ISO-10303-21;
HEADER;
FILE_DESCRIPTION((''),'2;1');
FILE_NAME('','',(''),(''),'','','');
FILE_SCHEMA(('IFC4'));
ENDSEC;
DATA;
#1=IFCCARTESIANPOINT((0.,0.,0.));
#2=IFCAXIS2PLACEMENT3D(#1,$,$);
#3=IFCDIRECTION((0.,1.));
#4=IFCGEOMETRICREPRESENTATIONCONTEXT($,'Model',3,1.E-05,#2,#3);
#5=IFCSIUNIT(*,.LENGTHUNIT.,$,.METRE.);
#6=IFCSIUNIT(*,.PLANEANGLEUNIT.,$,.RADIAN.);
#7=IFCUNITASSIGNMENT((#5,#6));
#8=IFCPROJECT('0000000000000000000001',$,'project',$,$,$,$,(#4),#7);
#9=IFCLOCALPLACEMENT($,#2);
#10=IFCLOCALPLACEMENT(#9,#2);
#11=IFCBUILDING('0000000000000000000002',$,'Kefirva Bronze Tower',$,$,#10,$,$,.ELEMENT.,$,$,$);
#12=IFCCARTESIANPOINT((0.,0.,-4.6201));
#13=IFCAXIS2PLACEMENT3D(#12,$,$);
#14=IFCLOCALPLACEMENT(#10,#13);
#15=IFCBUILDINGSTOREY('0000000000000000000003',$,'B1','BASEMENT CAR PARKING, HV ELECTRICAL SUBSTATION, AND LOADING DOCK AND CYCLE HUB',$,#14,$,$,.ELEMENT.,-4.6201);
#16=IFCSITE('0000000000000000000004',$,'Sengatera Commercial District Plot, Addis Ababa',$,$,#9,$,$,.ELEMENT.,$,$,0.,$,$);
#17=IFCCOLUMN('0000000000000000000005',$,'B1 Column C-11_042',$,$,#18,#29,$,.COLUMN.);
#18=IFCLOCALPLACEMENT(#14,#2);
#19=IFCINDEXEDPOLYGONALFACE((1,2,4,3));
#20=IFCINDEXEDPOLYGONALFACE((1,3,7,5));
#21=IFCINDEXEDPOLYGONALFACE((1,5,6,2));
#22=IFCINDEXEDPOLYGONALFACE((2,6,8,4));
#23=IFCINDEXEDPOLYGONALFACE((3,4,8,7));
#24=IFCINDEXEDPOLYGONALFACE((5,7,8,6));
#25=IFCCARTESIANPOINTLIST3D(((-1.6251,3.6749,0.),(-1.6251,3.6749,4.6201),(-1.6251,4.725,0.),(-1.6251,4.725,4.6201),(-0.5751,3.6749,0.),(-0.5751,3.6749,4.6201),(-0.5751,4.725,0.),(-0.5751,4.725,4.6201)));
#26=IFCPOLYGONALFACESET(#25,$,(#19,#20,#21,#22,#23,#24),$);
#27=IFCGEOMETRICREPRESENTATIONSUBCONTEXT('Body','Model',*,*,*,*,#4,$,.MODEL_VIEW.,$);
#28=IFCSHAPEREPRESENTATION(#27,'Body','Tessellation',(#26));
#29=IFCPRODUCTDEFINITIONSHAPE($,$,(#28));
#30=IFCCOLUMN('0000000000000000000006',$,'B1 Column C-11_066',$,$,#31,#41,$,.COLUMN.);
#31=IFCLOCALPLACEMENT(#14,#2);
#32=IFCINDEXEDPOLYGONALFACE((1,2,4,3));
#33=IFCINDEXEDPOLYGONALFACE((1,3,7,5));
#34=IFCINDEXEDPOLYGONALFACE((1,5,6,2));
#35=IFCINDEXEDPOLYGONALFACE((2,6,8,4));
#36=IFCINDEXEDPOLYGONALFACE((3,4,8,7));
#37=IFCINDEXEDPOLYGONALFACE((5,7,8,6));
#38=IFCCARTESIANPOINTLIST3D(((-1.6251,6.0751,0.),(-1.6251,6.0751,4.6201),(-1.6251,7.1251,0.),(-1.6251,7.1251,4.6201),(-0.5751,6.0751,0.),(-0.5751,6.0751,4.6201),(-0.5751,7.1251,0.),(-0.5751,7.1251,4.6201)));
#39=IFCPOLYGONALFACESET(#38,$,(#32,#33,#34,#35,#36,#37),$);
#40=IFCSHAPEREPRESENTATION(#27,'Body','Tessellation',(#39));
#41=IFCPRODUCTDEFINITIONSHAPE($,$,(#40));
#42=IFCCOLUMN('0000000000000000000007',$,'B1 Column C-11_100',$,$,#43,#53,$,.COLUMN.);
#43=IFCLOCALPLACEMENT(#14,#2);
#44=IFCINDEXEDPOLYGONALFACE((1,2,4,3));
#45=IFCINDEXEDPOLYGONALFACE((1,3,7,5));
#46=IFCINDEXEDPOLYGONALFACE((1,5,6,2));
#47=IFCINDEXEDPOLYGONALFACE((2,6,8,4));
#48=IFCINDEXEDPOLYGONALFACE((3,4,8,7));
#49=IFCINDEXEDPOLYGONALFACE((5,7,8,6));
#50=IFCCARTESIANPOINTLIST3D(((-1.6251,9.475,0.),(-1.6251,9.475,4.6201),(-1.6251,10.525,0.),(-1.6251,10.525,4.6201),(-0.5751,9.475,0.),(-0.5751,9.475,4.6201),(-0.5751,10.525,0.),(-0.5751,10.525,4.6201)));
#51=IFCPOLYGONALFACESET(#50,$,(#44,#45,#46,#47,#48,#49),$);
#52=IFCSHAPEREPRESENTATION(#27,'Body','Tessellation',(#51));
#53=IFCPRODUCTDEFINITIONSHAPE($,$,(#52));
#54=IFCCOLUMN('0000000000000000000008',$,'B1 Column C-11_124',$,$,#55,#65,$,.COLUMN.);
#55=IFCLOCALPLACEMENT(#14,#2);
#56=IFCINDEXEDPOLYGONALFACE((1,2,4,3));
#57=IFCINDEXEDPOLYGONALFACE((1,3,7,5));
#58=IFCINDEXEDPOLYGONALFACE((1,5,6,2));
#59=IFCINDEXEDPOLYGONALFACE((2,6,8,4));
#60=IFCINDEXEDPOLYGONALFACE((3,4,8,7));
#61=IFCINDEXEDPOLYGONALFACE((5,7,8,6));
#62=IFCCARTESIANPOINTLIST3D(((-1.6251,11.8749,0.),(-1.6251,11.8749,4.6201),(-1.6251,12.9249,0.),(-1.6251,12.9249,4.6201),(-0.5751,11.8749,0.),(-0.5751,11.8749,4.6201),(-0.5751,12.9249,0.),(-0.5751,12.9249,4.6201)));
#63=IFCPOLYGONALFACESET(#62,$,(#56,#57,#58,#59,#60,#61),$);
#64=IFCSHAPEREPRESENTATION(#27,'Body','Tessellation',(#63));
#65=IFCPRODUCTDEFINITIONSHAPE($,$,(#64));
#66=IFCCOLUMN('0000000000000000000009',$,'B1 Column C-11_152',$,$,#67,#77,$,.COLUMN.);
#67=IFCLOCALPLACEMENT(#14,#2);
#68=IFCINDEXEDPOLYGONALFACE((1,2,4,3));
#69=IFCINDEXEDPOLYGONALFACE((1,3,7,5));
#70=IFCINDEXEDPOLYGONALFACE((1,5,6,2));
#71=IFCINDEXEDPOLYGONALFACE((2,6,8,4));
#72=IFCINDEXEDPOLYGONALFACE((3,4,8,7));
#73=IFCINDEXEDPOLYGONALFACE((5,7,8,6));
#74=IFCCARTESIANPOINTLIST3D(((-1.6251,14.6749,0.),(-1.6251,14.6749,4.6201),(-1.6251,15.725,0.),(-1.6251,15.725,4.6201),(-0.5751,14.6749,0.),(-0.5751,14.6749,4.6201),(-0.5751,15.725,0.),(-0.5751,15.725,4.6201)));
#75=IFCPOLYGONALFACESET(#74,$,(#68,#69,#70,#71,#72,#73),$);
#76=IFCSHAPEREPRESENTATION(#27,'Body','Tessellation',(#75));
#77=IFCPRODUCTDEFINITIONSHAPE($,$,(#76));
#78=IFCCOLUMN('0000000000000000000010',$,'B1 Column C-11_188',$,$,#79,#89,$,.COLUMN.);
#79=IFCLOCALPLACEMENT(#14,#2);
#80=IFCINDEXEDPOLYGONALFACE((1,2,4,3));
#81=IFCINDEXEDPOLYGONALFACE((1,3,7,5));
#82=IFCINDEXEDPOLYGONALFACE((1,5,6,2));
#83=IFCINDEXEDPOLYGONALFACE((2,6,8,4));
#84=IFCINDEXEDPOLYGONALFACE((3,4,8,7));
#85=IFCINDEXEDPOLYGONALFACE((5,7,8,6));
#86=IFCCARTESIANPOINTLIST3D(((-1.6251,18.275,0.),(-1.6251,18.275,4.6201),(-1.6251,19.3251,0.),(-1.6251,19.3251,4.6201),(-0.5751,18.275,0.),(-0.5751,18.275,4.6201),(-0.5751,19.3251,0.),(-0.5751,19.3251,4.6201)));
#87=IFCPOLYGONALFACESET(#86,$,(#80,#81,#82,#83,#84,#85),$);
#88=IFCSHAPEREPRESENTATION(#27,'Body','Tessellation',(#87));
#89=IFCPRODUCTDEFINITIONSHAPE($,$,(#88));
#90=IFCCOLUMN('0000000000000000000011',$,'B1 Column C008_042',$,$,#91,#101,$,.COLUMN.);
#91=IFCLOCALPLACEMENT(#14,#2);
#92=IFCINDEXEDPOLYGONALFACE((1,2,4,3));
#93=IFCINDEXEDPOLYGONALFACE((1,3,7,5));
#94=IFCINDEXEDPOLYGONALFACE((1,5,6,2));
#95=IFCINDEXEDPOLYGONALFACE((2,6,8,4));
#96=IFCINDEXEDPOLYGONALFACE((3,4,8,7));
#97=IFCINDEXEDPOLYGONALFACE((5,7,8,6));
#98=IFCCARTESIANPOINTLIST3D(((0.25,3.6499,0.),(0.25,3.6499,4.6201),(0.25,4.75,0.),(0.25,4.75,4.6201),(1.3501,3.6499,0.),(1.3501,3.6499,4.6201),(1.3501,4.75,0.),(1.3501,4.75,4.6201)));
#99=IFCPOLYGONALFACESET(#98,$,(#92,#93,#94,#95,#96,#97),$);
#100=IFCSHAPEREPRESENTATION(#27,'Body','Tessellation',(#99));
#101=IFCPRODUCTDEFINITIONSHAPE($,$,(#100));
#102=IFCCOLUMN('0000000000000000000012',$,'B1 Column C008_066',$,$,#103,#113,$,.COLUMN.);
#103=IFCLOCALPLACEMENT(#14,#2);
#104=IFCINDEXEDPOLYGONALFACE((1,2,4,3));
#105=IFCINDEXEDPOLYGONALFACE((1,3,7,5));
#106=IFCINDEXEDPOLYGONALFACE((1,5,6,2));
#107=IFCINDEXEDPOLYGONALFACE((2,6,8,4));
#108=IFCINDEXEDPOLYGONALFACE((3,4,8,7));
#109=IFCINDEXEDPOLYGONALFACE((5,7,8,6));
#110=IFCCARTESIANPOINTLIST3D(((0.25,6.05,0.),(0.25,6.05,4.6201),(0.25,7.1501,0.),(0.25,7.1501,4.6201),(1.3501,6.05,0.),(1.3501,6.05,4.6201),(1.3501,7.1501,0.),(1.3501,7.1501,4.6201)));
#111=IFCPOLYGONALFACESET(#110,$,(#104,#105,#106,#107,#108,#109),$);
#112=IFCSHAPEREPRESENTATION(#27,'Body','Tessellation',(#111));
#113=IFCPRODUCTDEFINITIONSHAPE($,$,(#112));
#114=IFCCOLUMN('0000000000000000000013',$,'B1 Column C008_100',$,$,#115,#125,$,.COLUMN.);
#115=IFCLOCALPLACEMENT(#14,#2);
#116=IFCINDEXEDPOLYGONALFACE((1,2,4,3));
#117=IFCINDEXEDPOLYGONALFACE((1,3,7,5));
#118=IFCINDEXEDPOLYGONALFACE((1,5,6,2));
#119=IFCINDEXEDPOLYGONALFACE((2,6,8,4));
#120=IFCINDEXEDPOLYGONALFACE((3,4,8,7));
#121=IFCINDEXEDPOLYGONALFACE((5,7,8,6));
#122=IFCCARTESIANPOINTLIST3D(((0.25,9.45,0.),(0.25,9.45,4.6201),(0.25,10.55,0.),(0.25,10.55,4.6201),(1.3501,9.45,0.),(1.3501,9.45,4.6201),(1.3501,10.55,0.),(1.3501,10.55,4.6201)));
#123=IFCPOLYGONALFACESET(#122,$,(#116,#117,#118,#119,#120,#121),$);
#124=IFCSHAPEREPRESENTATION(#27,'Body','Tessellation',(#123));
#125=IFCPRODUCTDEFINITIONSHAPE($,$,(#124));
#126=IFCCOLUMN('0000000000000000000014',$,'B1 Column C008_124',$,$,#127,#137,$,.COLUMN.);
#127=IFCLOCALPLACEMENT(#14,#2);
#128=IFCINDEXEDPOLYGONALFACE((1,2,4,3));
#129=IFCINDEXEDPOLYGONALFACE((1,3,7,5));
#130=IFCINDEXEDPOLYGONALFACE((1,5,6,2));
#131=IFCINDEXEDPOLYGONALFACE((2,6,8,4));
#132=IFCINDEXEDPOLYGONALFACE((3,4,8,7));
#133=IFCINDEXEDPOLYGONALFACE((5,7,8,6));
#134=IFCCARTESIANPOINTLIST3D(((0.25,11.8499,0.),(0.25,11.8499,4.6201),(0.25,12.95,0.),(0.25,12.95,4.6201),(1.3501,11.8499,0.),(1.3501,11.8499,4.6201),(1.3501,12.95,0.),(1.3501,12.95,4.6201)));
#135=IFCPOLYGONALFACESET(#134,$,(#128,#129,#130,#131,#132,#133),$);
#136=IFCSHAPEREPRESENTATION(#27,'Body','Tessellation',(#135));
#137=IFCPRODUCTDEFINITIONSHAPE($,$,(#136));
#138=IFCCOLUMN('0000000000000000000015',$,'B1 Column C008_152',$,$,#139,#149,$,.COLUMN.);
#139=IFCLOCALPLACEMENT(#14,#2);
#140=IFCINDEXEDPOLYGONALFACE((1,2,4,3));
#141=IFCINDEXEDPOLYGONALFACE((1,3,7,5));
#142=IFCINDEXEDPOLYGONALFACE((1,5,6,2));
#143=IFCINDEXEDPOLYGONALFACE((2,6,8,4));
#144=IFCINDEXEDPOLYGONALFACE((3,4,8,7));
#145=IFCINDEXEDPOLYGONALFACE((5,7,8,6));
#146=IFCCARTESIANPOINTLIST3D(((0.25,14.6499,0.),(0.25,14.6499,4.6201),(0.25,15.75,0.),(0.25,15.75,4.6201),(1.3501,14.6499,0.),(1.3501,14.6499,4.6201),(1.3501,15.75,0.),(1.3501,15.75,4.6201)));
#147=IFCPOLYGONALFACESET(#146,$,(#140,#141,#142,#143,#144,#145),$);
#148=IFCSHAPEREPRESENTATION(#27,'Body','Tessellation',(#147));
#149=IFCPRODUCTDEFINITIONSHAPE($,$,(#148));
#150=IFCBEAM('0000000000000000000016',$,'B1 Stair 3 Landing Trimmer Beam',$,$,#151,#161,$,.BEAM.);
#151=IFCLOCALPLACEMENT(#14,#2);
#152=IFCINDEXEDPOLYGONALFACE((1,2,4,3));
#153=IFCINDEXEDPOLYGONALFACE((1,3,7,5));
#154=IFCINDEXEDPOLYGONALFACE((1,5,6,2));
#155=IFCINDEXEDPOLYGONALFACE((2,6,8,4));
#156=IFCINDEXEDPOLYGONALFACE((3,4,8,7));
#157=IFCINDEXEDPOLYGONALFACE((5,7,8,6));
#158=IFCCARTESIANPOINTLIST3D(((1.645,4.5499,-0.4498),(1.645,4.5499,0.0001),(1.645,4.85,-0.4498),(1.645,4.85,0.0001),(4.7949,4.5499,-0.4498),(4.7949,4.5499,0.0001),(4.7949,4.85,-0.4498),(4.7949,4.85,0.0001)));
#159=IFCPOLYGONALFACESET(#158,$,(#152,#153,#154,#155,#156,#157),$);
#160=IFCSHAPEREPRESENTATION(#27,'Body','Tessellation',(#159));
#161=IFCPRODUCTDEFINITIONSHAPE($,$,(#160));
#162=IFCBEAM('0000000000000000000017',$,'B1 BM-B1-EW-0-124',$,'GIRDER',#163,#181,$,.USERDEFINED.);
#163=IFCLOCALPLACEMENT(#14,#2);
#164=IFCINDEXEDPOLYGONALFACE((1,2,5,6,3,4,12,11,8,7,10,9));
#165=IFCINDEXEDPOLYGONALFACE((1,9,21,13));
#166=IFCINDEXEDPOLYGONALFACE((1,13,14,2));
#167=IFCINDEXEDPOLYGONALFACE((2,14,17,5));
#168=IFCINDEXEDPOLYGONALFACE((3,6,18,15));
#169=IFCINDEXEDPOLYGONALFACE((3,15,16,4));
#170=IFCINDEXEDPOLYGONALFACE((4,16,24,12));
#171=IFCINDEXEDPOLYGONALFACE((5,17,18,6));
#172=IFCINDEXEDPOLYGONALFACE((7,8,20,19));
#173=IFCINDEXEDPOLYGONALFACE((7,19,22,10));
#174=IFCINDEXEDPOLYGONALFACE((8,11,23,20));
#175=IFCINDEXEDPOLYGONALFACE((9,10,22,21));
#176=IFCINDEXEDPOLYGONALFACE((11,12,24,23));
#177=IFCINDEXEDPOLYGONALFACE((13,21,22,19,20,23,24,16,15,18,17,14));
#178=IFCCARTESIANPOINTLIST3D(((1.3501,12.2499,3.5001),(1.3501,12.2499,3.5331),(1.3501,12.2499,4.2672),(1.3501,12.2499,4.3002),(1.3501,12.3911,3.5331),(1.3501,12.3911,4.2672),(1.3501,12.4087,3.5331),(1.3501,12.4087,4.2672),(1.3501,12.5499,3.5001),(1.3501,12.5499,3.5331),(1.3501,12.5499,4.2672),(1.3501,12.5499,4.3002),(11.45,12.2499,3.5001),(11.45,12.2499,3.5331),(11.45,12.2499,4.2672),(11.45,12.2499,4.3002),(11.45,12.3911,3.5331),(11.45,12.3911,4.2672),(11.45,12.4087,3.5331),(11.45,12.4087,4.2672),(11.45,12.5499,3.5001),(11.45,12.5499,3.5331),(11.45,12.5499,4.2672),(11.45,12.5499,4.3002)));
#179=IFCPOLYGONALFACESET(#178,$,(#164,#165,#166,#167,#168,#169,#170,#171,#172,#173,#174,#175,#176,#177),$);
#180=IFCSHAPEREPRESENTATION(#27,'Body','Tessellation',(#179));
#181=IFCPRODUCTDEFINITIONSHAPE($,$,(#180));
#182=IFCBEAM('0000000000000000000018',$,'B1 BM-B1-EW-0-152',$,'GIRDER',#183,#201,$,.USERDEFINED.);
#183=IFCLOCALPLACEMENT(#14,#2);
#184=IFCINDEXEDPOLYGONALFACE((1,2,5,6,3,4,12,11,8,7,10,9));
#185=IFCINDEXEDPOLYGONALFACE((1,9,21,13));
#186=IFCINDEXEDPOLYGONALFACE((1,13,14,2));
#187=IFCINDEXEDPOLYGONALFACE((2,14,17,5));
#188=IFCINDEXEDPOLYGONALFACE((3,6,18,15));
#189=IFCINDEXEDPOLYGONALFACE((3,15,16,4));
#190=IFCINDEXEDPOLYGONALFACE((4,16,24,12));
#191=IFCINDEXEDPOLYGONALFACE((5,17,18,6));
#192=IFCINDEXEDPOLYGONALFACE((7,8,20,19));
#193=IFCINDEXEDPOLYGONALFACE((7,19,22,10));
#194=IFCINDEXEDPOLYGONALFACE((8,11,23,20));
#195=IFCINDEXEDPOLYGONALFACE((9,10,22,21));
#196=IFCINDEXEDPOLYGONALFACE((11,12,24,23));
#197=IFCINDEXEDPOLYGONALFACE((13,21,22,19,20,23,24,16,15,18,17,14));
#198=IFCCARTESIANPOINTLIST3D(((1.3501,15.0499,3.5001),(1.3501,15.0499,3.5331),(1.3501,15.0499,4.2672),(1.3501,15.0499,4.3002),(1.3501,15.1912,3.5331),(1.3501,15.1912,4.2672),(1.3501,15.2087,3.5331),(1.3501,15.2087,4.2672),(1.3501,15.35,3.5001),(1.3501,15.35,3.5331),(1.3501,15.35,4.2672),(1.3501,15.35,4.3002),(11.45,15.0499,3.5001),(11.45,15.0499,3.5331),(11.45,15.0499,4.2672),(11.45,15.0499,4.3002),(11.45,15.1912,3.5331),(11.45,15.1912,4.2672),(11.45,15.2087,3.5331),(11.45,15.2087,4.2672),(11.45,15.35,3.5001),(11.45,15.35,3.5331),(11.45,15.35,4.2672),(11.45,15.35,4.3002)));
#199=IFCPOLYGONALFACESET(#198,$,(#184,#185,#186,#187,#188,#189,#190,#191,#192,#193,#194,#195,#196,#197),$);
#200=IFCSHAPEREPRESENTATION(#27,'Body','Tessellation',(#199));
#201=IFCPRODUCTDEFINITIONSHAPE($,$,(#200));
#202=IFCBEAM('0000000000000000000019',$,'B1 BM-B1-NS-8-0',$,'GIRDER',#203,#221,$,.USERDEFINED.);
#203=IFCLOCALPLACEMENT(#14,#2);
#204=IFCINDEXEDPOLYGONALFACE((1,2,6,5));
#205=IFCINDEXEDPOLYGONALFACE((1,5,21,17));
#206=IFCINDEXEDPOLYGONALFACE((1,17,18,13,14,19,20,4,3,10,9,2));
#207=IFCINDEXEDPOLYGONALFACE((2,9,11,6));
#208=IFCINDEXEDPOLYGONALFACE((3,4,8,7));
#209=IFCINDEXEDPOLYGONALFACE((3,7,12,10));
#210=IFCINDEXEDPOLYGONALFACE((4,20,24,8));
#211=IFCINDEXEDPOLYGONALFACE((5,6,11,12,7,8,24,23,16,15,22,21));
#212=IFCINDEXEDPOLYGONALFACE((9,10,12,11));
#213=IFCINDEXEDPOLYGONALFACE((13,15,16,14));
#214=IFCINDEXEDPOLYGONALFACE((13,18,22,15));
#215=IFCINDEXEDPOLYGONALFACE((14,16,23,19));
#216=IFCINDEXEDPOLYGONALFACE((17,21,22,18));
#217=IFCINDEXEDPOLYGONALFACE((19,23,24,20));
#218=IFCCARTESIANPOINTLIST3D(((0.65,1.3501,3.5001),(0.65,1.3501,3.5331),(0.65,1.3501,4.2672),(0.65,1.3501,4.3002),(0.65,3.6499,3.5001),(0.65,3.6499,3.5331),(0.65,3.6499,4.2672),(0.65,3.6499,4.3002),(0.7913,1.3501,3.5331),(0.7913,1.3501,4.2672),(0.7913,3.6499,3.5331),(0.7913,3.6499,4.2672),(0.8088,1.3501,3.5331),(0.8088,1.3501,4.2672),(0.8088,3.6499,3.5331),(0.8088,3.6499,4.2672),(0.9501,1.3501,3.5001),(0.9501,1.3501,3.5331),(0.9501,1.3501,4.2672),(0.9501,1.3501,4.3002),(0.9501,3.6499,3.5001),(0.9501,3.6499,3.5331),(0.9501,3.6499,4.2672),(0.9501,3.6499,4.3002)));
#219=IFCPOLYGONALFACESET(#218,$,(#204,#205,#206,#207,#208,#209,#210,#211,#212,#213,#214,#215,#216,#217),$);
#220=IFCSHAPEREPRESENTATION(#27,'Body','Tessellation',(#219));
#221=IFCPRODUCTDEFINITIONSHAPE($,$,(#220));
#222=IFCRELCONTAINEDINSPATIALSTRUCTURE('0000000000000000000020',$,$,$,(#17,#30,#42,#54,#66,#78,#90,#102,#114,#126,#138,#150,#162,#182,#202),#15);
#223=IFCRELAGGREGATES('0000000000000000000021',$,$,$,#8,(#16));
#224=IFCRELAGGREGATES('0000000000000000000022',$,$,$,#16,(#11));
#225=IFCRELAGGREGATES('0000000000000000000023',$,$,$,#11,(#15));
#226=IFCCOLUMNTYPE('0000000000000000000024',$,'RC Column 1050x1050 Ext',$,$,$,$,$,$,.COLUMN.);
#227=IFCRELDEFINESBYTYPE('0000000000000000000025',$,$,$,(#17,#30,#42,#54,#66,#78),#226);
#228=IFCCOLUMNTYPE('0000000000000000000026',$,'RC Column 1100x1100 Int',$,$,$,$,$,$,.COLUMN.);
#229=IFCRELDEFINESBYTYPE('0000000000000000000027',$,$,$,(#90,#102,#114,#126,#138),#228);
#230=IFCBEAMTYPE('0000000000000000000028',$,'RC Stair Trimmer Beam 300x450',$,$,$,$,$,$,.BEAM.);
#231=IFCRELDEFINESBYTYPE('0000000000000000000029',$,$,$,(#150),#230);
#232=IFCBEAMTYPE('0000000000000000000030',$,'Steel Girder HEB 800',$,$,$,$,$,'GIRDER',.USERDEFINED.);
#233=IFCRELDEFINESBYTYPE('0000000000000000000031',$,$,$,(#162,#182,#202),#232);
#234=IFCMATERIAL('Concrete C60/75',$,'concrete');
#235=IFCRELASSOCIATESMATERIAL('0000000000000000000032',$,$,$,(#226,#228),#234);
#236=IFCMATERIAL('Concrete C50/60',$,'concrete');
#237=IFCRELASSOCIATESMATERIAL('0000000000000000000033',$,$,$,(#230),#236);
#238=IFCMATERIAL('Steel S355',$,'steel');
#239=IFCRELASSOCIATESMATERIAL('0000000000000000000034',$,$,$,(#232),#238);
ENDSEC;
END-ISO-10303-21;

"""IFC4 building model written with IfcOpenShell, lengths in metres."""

from ifc_helpers import new_model, si_unit, direction, frame, origin, origin_2d, place, context, subcontext, project, spatial, rectangle, i_section, extrude, material, material_profile, profile_set, type_object, element, save


model = new_model("IFC4")

# Units and contexts
model_context = context("Model", 3, precision=1e-05, world=origin(), true_north=direction((0.0, 1.0)))
body_context = subcontext(model_context, "Body", "Model", "MODEL_VIEW")
ifc_project = project(units=[si_unit("LENGTHUNIT", "METRE"), si_unit("PLANEANGLEUNIT", "RADIAN")], contexts=[model_context])

# Site, building, storey
site_placement = place(None, origin())
site = spatial("IfcSite", under=ifc_project, at=site_placement, Name="Sengatera Commercial District Plot, Addis Ababa", CompositionType="ELEMENT", RefElevation=0.0)
building_placement = place(site_placement, origin())
building = spatial("IfcBuilding", under=site, at=building_placement, Name="Kefirva Bronze Tower", CompositionType="ELEMENT")
storey_placement = place(building_placement, frame((0.0, 0.0, -4.6201)))
storey = spatial("IfcBuildingStorey", under=building, at=storey_placement, Name="B1", Description="BASEMENT CAR PARKING, HV ELECTRICAL SUBSTATION, AND LOADING DOCK AND CYCLE HUB", CompositionType="ELEMENT", Elevation=-4.6201)

# Columns
ifc_material_1 = material(Name="Concrete C60/75", Category="concrete")
ifc_material_profile_1 = material_profile(ifc_material_1, rectangle(XDim=1.05, YDim=1.05, at=origin_2d()), Name="RC 1050x1050")
ifc_profile_set_1 = profile_set([ifc_material_profile_1], Name="Concrete C60/75")
column_type_1 = type_object("IfcColumnType", Name="RC Column 1050x1050 Ext", PredefinedType="COLUMN", material=ifc_profile_set_1)
for number, where, z_axis, x_axis, name in (
    (1, (-1.1001, 4.2, 0.0), (0.0, 0.0, 1.0), (1.0, 0.0, 0.0), "B1 Column C-11_042"),
    (2, (-1.1001, 6.6001, 0.0), (0.0, 0.0, 1.0), (1.0, 0.0, 0.0), "B1 Column C-11_066"),
    (3, (-1.1001, 10.0, 0.0), (0.0, 0.0, 1.0), (1.0, 0.0, 0.0), "B1 Column C-11_100"),
    (4, (-1.1001, 12.3999, 0.0), (0.0, 0.0, 1.0), (1.0, 0.0, 0.0), "B1 Column C-11_124"),
    (5, (-1.1001, 15.2, 0.0), (0.0, 0.0, 1.0), (1.0, 0.0, 0.0), "B1 Column C-11_152"),
    (6, (-1.1001, 18.8, 0.0), (0.0, 0.0, 1.0), (1.0, 0.0, 0.0), "B1 Column C-11_188"),
):
    element("IfcColumn", number, at=place(storey_placement, frame(where, z_axis=z_axis, x_axis=x_axis)), inside=storey, type_object=column_type_1, Name=name, PredefinedType="COLUMN", context=body_context, shape_type="SweptSolid", body=[
        extrude(rectangle(XDim=1.05, YDim=1.05, at=origin_2d()), origin(), (0.0, 0.0, 1.0), 4.6201),
    ])
ifc_material_profile_2 = material_profile(ifc_material_1, rectangle(XDim=1.1001, YDim=1.1001, at=origin_2d()), Name="RC 1100x1100")
ifc_profile_set_2 = profile_set([ifc_material_profile_2], Name="Concrete C60/75")
column_type_2 = type_object("IfcColumnType", Name="RC Column 1100x1100 Int", PredefinedType="COLUMN", material=ifc_profile_set_2)
for number, where, z_axis, x_axis, name in (
    (7, (0.8, 4.2, 0.0), (0.0, 0.0, 1.0), (1.0, 0.0, 0.0), "B1 Column C008_042"),
    (8, (0.8, 6.6001, 0.0), (0.0, 0.0, 1.0), (1.0, 0.0, 0.0), "B1 Column C008_066"),
    (9, (0.8, 10.0, 0.0), (0.0, 0.0, 1.0), (1.0, 0.0, 0.0), "B1 Column C008_100"),
    (10, (0.8, 12.3999, 0.0), (0.0, 0.0, 1.0), (1.0, 0.0, 0.0), "B1 Column C008_124"),
    (11, (0.8, 15.2, 0.0), (0.0, 0.0, 1.0), (1.0, 0.0, 0.0), "B1 Column C008_152"),
):
    element("IfcColumn", number, at=place(storey_placement, frame(where, z_axis=z_axis, x_axis=x_axis)), inside=storey, type_object=column_type_2, Name=name, PredefinedType="COLUMN", context=body_context, shape_type="SweptSolid", body=[
        extrude(rectangle(XDim=1.1001, YDim=1.1001, at=origin_2d()), origin(), (0.0, 0.0, 1.0), 4.6201),
    ])

# Beams
ifc_material_2 = material(Name="Concrete C50/60", Category="concrete")
ifc_material_profile_3 = material_profile(ifc_material_2, rectangle(XDim=0.3, YDim=0.45, at=origin_2d()), Name="RC 300x450")
ifc_profile_set_3 = profile_set([ifc_material_profile_3], Name="Concrete C50/60")
beam_type_1 = type_object("IfcBeamType", Name="RC Stair Trimmer Beam 300x450", PredefinedType="BEAM", material=ifc_profile_set_3)
beam_1_placement = place(storey_placement, frame((1.645, 4.7, -0.2249), z_axis=(1.0, 0.0, 0.0), x_axis=(0.0, 1.0, 0.0)))
element("IfcBeam", 12, at=beam_1_placement, inside=storey, type_object=beam_type_1, Name="B1 Stair 3 Landing Trimmer Beam", PredefinedType="BEAM", context=body_context, shape_type="SweptSolid", body=[
    extrude(rectangle(XDim=0.3, YDim=0.45, at=origin_2d()), origin(), (0.0, 0.0, 1.0), 3.1499),
])
ifc_material_3 = material(Name="Steel S355", Category="steel")
ifc_material_profile_4 = material_profile(ifc_material_3, i_section(OverallWidth=0.3, OverallDepth=0.8, WebThickness=0.0176, FlangeThickness=0.033, at=origin_2d()), Name="HEB 800")
ifc_profile_set_4 = profile_set([ifc_material_profile_4], Name="Steel S355")
beam_type_2 = type_object("IfcBeamType", Name="Steel Girder HEB 800", ElementType="GIRDER", PredefinedType="USERDEFINED", material=ifc_profile_set_4)
for number, where, z_axis, x_axis, name in (
    (13, (1.3501, 12.3999, 3.9001), (1.0, 0.0, 0.0), (0.0, 1.0, 0.0), "B1 BM-B1-EW-0-124"),
    (14, (1.3501, 15.2, 3.9001), (1.0, 0.0, 0.0), (0.0, 1.0, 0.0), "B1 BM-B1-EW-0-152"),
):
    element("IfcBeam", number, at=place(storey_placement, frame(where, z_axis=z_axis, x_axis=x_axis)), inside=storey, type_object=beam_type_2, Name=name, ObjectType="GIRDER", PredefinedType="USERDEFINED", context=body_context, shape_type="SweptSolid", body=[
        extrude(i_section(OverallWidth=0.3, OverallDepth=0.8, WebThickness=0.0176, FlangeThickness=0.033, at=origin_2d()), origin(), (0.0, 0.0, 1.0), 10.0999),
    ])
beam_2_placement = place(storey_placement, frame((0.8, 1.3501, 3.9001), z_axis=(0.0, 1.0, 0.0), x_axis=(-1.0, 0.0, 0.0)))
element("IfcBeam", 15, at=beam_2_placement, inside=storey, type_object=beam_type_2, Name="B1 BM-B1-NS-8-0", ObjectType="GIRDER", PredefinedType="USERDEFINED", context=body_context, shape_type="SweptSolid", body=[
    extrude(i_section(OverallWidth=0.3, OverallDepth=0.8, WebThickness=0.0176, FlangeThickness=0.033, at=origin_2d()), origin(), (0.0, 0.0, 1.0), 2.2998),
])

save(model, "model.ifc")
